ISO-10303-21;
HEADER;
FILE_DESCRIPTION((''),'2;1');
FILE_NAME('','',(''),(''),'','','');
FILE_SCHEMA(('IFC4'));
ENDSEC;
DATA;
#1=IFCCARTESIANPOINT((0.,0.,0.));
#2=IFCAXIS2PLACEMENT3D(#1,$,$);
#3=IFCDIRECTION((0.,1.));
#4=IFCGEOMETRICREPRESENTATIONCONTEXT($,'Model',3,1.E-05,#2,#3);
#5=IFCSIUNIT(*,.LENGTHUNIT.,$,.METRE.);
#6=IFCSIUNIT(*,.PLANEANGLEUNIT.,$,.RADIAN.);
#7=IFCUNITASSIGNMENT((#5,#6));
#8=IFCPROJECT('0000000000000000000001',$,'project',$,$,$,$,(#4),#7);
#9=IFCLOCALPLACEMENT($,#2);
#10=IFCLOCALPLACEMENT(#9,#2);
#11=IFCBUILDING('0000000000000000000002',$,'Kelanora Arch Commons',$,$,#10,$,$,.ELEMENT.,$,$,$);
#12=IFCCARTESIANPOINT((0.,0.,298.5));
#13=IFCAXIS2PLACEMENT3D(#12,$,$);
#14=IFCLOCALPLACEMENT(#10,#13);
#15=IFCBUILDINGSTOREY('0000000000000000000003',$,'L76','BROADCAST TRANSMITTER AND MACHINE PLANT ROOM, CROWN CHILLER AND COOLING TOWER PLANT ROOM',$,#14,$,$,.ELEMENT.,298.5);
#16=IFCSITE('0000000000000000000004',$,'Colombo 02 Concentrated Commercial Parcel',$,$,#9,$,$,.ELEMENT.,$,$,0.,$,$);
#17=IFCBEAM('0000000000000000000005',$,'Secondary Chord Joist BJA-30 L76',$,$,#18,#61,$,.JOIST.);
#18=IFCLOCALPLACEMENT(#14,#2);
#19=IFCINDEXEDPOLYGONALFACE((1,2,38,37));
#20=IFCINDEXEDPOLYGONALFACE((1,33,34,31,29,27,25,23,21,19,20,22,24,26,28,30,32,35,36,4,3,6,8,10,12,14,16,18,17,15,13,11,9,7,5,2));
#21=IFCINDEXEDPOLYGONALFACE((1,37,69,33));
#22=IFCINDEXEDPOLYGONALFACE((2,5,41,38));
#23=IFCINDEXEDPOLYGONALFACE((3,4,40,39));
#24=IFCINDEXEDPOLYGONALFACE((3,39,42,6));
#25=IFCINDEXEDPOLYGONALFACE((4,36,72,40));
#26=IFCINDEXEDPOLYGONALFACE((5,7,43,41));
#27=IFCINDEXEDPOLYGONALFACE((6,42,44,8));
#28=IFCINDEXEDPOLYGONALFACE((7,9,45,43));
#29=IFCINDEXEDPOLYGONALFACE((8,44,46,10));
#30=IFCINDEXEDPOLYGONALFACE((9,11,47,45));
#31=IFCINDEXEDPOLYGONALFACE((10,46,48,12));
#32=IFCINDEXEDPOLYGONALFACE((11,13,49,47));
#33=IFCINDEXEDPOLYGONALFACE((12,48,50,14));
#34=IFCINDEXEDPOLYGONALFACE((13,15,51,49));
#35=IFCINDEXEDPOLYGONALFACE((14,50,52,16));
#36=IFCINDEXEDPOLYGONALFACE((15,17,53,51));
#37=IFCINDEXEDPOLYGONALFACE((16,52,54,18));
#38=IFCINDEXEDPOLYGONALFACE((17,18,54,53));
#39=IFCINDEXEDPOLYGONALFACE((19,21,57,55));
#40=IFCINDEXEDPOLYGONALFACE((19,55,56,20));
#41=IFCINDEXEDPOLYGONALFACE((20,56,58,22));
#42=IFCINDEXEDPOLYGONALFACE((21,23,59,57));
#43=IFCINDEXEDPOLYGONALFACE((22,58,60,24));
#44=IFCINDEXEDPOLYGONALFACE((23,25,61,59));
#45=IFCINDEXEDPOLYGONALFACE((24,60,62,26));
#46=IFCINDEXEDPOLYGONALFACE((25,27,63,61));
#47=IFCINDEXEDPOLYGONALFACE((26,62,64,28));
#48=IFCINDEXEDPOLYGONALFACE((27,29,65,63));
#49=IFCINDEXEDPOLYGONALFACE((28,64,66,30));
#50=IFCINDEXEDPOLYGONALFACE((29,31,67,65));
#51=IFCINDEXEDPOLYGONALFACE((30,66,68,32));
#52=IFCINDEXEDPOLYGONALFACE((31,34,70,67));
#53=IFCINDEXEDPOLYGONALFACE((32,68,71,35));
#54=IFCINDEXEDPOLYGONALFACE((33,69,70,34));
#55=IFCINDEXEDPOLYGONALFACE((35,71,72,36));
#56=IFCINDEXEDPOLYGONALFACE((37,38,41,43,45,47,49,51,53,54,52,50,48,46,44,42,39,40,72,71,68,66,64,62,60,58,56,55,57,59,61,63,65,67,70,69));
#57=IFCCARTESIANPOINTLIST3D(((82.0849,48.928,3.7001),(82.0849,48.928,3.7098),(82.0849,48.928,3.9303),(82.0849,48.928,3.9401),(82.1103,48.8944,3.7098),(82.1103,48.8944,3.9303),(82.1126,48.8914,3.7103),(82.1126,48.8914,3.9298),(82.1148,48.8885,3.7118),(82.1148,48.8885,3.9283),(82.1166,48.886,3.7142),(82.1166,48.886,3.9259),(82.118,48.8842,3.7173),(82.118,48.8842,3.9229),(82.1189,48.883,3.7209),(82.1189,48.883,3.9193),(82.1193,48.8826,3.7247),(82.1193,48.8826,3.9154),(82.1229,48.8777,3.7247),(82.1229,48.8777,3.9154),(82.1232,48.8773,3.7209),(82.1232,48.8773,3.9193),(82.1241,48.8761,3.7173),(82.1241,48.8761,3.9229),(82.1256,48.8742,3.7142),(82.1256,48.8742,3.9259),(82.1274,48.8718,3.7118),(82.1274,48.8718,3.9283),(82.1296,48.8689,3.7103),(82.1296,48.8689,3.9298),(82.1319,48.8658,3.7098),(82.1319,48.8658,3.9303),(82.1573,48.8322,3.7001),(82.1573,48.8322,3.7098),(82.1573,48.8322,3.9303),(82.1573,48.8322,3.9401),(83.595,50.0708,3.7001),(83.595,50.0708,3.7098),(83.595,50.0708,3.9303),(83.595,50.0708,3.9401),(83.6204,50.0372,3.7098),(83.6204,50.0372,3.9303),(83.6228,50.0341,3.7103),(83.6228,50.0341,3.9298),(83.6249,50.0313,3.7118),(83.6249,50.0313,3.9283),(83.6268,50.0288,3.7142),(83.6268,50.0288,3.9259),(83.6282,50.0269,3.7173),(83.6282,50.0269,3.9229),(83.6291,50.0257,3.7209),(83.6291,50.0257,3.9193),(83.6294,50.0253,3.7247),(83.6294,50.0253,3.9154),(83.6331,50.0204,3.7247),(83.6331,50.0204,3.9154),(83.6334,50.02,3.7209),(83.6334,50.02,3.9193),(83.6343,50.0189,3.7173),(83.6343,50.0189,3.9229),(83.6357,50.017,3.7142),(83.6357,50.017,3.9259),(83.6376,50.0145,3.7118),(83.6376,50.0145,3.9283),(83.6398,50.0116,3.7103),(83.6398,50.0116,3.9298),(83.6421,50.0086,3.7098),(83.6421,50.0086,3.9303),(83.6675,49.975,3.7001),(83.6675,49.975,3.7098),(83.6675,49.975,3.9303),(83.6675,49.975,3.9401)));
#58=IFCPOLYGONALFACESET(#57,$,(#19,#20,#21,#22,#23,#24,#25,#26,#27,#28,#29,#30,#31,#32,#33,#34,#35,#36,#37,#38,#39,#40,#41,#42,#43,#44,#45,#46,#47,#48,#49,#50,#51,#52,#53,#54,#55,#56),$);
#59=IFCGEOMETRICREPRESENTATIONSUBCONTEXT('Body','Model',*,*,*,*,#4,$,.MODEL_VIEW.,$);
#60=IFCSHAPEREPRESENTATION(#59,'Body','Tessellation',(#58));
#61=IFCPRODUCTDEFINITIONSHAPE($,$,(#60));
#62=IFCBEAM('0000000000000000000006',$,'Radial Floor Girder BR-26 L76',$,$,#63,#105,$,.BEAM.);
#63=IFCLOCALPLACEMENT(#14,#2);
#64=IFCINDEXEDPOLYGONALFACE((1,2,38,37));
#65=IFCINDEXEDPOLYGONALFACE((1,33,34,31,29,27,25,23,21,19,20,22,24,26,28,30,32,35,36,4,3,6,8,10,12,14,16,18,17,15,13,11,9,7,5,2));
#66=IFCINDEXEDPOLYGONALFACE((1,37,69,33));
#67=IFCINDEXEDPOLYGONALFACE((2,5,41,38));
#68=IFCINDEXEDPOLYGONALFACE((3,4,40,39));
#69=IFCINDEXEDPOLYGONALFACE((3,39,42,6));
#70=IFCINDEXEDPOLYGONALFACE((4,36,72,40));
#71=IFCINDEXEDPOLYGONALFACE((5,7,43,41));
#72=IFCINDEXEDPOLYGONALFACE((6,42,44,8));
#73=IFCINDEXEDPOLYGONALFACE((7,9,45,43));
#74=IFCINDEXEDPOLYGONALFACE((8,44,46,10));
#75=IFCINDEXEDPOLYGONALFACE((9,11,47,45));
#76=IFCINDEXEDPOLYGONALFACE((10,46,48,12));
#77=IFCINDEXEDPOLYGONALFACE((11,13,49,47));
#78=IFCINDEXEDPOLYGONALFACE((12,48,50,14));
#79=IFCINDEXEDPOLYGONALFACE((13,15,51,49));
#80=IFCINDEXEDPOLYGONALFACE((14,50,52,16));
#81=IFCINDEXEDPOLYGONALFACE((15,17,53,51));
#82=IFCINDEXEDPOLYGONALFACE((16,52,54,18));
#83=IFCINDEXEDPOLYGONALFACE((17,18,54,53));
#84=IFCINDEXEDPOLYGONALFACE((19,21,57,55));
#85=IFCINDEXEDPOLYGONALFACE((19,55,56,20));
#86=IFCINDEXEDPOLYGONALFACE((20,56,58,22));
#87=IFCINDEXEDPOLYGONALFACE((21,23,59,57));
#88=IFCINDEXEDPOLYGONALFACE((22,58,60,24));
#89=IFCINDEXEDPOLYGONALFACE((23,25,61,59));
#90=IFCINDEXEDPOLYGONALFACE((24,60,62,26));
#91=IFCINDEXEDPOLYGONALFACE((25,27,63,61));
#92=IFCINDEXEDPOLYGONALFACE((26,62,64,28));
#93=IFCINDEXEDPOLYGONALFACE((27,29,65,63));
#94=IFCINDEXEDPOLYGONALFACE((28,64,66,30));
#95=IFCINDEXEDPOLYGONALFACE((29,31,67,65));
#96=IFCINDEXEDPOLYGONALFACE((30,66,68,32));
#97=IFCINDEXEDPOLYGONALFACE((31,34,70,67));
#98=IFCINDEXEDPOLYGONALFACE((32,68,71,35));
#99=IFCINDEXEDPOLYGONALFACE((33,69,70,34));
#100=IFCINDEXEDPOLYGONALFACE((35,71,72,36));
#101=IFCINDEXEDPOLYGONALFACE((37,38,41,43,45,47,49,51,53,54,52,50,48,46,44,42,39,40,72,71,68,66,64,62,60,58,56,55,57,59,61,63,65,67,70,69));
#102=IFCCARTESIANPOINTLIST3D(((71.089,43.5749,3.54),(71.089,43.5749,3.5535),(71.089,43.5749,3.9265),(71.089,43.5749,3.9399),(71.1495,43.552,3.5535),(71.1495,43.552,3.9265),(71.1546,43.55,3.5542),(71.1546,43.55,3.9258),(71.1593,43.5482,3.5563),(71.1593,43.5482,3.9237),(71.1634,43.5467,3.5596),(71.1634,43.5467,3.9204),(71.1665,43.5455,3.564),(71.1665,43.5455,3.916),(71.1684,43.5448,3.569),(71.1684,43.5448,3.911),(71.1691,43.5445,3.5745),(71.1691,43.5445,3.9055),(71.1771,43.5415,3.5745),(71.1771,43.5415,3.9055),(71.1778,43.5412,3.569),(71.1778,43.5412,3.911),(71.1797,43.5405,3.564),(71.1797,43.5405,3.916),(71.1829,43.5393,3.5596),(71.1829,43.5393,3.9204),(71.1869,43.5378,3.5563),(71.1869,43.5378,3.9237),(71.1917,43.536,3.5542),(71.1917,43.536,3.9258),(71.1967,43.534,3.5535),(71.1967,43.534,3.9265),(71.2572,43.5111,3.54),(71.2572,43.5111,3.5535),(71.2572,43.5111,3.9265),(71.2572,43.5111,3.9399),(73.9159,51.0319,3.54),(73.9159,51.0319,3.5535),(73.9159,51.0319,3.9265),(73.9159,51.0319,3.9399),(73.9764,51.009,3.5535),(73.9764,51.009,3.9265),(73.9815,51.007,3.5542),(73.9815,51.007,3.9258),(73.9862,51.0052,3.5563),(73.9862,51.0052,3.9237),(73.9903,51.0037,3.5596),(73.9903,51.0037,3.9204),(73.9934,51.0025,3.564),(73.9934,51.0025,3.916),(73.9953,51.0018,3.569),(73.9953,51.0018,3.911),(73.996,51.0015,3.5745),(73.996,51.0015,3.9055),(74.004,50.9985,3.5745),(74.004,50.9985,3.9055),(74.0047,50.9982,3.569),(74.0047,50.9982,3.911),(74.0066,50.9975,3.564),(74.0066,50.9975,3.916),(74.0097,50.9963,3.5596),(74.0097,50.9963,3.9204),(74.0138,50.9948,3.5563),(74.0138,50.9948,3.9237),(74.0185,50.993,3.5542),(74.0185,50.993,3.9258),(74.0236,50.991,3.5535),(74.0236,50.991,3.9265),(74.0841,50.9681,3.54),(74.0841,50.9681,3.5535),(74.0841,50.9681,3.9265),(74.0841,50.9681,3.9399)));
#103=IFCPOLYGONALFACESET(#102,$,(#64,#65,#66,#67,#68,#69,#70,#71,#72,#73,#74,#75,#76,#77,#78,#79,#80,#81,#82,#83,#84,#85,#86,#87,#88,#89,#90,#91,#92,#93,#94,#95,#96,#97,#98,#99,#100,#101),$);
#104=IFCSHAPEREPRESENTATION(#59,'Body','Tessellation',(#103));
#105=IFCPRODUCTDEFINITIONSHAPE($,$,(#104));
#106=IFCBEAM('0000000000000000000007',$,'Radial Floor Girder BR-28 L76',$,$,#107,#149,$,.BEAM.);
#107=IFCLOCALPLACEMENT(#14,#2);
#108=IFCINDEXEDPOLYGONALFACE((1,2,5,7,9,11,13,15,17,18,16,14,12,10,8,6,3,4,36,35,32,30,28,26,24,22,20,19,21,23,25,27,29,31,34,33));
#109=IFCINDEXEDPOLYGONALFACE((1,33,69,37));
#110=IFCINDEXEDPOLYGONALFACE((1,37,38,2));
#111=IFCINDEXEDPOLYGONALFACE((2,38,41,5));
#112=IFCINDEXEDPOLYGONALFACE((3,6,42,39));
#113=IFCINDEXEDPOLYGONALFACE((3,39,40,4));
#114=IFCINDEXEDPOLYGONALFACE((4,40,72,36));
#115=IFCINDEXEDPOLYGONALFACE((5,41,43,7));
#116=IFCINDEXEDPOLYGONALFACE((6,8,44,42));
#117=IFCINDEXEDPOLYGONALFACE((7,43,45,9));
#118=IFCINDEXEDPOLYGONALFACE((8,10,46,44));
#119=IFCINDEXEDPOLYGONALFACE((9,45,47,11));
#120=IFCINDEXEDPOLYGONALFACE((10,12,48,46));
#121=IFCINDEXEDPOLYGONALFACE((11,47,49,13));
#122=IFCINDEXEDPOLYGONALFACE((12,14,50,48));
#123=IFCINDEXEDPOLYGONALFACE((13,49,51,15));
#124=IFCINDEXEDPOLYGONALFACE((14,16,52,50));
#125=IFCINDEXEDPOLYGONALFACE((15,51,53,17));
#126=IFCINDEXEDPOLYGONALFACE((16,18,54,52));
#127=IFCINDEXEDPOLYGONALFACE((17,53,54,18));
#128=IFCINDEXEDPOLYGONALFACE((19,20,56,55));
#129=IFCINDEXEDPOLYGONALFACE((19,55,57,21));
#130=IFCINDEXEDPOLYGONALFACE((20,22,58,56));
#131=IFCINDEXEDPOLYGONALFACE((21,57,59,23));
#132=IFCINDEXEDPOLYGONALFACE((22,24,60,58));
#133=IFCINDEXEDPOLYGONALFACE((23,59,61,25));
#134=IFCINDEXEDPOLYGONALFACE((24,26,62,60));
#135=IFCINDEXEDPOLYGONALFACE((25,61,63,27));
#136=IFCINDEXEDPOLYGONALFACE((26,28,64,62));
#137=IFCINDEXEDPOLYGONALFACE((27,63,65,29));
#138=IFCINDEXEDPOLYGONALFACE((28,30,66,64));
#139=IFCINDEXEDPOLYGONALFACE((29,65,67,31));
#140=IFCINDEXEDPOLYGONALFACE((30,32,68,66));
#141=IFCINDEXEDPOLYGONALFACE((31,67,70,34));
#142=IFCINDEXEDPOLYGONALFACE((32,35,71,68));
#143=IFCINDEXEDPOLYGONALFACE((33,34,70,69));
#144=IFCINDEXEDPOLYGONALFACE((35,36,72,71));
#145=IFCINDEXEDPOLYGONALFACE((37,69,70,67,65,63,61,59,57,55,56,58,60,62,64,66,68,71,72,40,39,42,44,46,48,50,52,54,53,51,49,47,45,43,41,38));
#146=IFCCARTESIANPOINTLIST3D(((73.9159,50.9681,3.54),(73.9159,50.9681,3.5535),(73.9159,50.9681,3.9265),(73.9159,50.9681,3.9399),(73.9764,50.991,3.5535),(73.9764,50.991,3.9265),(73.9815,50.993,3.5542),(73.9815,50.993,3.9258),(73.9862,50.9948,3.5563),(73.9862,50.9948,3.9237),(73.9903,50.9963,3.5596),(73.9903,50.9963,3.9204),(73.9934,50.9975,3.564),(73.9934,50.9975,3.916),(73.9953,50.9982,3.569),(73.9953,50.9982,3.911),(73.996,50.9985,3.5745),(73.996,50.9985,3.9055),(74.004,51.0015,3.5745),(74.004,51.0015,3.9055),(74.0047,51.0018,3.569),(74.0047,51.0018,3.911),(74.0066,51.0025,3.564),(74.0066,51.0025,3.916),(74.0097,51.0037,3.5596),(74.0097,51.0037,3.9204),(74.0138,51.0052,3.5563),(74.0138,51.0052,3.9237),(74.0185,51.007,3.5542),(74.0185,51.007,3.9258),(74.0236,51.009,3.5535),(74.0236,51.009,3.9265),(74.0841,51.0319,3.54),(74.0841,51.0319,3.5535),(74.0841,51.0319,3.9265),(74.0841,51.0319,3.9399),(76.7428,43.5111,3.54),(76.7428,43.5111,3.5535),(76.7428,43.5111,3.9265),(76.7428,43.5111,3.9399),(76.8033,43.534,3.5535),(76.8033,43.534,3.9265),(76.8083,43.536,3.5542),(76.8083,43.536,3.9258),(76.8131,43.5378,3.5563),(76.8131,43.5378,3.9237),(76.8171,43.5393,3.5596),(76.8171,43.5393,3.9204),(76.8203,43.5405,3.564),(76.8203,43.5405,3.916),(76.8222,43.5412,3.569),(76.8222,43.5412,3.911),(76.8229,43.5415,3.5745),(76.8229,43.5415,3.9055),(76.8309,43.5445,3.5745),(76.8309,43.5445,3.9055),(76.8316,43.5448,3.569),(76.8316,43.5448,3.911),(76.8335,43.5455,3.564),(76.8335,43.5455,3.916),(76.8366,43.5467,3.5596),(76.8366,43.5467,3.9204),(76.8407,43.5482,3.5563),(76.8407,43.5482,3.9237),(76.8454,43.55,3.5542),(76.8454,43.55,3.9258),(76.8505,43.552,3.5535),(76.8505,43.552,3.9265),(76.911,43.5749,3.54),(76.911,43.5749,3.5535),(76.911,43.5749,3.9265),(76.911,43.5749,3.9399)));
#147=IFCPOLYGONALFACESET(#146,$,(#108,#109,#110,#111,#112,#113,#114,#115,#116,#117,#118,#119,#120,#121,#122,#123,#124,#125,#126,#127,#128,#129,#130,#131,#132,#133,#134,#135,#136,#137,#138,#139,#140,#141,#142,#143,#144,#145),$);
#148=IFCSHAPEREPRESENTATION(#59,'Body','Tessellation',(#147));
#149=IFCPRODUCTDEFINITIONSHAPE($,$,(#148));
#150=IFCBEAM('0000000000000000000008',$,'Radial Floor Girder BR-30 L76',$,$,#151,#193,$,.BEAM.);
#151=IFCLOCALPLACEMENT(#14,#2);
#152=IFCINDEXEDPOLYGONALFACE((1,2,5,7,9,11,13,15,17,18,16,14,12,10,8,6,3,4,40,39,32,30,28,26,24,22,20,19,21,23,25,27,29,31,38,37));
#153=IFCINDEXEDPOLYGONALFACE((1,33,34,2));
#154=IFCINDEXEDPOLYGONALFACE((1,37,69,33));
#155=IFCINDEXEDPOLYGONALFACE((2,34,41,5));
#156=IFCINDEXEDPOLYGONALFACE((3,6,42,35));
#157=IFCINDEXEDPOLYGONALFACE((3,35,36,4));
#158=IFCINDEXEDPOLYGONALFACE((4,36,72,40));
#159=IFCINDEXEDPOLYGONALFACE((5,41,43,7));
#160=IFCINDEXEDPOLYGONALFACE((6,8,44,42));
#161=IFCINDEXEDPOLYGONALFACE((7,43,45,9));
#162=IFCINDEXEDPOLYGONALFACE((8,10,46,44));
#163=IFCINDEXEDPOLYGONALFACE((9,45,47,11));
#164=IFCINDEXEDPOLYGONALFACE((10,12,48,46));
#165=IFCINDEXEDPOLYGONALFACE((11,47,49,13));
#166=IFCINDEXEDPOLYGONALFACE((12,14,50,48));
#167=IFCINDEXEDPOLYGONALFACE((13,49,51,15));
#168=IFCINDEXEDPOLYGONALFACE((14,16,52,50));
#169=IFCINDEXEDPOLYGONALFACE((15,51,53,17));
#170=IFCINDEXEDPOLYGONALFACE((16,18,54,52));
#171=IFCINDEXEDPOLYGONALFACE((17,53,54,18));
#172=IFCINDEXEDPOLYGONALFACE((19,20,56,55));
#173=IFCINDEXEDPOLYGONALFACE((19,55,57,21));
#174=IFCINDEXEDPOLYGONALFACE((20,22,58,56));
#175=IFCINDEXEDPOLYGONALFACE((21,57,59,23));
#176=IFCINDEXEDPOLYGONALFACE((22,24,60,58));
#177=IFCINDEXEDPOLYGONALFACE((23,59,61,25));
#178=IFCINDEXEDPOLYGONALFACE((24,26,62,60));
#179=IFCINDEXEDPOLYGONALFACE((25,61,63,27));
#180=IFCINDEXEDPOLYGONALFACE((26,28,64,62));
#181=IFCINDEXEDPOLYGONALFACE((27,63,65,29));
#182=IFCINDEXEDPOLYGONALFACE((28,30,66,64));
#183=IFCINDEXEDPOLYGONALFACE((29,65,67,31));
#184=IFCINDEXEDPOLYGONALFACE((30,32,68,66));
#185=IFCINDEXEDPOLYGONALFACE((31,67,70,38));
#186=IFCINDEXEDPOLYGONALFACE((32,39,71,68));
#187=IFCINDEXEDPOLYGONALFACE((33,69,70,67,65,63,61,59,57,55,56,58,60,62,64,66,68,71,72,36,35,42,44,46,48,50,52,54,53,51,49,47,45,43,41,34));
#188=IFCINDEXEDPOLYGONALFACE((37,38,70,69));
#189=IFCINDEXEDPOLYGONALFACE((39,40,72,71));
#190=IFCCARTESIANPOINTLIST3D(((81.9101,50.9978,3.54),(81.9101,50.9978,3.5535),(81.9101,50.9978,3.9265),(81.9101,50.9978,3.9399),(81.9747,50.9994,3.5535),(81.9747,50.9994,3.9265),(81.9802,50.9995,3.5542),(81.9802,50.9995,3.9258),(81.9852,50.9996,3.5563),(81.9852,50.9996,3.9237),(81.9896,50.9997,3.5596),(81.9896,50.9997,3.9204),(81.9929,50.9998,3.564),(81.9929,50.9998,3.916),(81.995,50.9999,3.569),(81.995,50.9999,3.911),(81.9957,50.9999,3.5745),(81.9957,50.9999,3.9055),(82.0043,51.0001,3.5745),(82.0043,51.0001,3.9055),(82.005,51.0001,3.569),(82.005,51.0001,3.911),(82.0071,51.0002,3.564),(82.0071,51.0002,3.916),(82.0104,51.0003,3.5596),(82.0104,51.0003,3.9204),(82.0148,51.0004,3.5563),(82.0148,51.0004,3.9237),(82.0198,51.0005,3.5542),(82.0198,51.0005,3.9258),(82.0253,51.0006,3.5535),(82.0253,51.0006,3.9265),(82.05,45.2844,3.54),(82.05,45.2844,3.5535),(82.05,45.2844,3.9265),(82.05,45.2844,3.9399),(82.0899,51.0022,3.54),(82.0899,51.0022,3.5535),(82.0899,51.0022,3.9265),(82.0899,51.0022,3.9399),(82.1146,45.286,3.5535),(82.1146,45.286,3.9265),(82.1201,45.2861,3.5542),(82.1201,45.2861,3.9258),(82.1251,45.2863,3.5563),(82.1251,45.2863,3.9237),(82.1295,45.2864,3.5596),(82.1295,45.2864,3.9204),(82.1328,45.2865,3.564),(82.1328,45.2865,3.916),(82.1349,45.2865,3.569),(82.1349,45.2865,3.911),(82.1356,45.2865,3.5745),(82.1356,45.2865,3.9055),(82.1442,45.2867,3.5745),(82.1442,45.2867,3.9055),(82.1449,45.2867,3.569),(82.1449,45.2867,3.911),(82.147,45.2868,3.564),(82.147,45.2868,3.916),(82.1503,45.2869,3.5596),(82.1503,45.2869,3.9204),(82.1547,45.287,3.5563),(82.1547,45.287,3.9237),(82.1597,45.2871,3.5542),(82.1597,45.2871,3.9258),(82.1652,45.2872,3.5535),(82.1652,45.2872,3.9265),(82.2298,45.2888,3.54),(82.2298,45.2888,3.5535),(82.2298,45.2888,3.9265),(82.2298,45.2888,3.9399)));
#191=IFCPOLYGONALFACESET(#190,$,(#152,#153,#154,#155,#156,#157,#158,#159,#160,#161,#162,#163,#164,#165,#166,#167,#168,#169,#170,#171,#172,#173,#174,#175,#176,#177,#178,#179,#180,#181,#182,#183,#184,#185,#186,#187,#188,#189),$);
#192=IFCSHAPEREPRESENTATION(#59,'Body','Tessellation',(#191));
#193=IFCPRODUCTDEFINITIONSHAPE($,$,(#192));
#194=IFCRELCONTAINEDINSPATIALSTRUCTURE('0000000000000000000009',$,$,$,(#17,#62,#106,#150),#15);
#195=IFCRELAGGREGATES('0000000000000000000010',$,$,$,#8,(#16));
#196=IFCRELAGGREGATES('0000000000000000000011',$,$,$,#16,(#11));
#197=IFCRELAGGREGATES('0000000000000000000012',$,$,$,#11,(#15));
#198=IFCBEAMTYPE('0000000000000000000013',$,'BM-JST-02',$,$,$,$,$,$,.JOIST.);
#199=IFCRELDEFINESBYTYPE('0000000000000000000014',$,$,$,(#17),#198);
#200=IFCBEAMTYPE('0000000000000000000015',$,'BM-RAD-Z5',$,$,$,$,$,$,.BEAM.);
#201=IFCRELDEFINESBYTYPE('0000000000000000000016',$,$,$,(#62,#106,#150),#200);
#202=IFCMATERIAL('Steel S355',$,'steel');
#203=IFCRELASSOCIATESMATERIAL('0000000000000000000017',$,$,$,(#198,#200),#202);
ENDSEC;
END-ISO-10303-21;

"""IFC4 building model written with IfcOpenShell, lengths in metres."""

from ifc_helpers import new_model, si_unit, direction, frame, origin, origin_2d, place, context, subcontext, project, spatial, i_section, extrude, material, material_profile, profile_set, type_object, element, save


model = new_model("IFC4")

# Units and contexts
model_context = context("Model", 3, precision=1e-05, world=origin(), true_north=direction((0.0, 1.0)))
body_context = subcontext(model_context, "Body", "Model", "MODEL_VIEW")
ifc_project = project(units=[si_unit("LENGTHUNIT", "METRE"), si_unit("PLANEANGLEUNIT", "RADIAN")], contexts=[model_context])

# Site, building, storey
site_placement = place(None, origin())
site = spatial("IfcSite", under=ifc_project, at=site_placement, Name="Colombo 02 Concentrated Commercial Parcel", CompositionType="ELEMENT", RefElevation=0.0)
building_placement = place(site_placement, origin())
building = spatial("IfcBuilding", under=site, at=building_placement, Name="Kelanora Arch Commons", CompositionType="ELEMENT")
storey_placement = place(building_placement, frame((0.0, 0.0, 298.5)))
storey = spatial("IfcBuildingStorey", under=building, at=storey_placement, Name="L76", Description="BROADCAST TRANSMITTER AND MACHINE PLANT ROOM, CROWN CHILLER AND COOLING TOWER PLANT ROOM", CompositionType="ELEMENT", Elevation=298.5)

# Beams
ifc_material_1 = material(Name="Steel S355", Category="steel")
ifc_material_profile_1 = material_profile(ifc_material_1, i_section(OverallWidth=0.1201, OverallDepth=0.24, WebThickness=0.0061, FlangeThickness=0.0098, FilletRadius=0.0149, at=origin_2d()), Name="IPE240")
ifc_profile_set_1 = profile_set([ifc_material_profile_1], Name="Steel S355")
beam_type_1 = type_object("IfcBeamType", Name="BM-JST-02", PredefinedType="JOIST", material=ifc_profile_set_1)
beam_1_placement = place(storey_placement, frame((82.1211, 48.8801, 3.8201), z_axis=(0.797425, 0.603418, 0.0), x_axis=(-0.603418, 0.797425, 0.0)))
element("IfcBeam", 1, at=beam_1_placement, inside=storey, type_object=beam_type_1, Name="Secondary Chord Joist BJA-30 L76", PredefinedType="JOIST", context=body_context, shape_type="SweptSolid", body=[
    extrude(i_section(OverallWidth=0.1201, OverallDepth=0.24, WebThickness=0.0061, FlangeThickness=0.0098, FilletRadius=0.0149, at=origin_2d()), origin(), (0.0, 0.0, 1.0), 1.8938),
])
ifc_material_profile_2 = material_profile(ifc_material_1, i_section(OverallWidth=0.1799, OverallDepth=0.3999, WebThickness=0.0085, FlangeThickness=0.0134, FilletRadius=0.021, at=origin_2d()), Name="IPE400")
ifc_profile_set_2 = profile_set([ifc_material_profile_2], Name="Steel S355")
beam_type_2 = type_object("IfcBeamType", Name="BM-RAD-Z5", PredefinedType="BEAM", material=ifc_profile_set_2)
for number, where, z_axis, x_axis, name in (
    (2, (74.0, 51.0, 3.74), (-0.354476, -0.935065, 0.0), (0.935065, -0.354476, 0.0), "Radial Floor Girder BR-26 L76"),
    (3, (74.0, 51.0, 3.74), (0.354476, -0.935065, 0.0), (0.935065, 0.354476, 0.0), "Radial Floor Girder BR-28 L76"),
):
    element("IfcBeam", number, at=place(storey_placement, frame(where, z_axis=z_axis, x_axis=x_axis)), inside=storey, type_object=beam_type_2, Name=name, PredefinedType="BEAM", context=body_context, shape_type="SweptSolid", body=[
        extrude(i_section(OverallWidth=0.1799, OverallDepth=0.3999, WebThickness=0.0085, FlangeThickness=0.0134, FilletRadius=0.021, at=origin_2d()), origin(), (0.0, 0.0, 1.0), 7.9749),
    ])
beam_2_placement = place(storey_placement, frame((82.0, 51.0, 3.74), z_axis=(0.024478, -0.9997, 0.0), x_axis=(0.9997, 0.024478, 0.0)))
element("IfcBeam", 4, at=beam_2_placement, inside=storey, type_object=beam_type_2, Name="Radial Floor Girder BR-30 L76", PredefinedType="BEAM", context=body_context, shape_type="SweptSolid", body=[
    extrude(i_section(OverallWidth=0.1799, OverallDepth=0.3999, WebThickness=0.0085, FlangeThickness=0.0134, FilletRadius=0.021, at=origin_2d()), origin(), (0.0, 0.0, 1.0), 5.7151),
])

save(model, "model.ifc")
